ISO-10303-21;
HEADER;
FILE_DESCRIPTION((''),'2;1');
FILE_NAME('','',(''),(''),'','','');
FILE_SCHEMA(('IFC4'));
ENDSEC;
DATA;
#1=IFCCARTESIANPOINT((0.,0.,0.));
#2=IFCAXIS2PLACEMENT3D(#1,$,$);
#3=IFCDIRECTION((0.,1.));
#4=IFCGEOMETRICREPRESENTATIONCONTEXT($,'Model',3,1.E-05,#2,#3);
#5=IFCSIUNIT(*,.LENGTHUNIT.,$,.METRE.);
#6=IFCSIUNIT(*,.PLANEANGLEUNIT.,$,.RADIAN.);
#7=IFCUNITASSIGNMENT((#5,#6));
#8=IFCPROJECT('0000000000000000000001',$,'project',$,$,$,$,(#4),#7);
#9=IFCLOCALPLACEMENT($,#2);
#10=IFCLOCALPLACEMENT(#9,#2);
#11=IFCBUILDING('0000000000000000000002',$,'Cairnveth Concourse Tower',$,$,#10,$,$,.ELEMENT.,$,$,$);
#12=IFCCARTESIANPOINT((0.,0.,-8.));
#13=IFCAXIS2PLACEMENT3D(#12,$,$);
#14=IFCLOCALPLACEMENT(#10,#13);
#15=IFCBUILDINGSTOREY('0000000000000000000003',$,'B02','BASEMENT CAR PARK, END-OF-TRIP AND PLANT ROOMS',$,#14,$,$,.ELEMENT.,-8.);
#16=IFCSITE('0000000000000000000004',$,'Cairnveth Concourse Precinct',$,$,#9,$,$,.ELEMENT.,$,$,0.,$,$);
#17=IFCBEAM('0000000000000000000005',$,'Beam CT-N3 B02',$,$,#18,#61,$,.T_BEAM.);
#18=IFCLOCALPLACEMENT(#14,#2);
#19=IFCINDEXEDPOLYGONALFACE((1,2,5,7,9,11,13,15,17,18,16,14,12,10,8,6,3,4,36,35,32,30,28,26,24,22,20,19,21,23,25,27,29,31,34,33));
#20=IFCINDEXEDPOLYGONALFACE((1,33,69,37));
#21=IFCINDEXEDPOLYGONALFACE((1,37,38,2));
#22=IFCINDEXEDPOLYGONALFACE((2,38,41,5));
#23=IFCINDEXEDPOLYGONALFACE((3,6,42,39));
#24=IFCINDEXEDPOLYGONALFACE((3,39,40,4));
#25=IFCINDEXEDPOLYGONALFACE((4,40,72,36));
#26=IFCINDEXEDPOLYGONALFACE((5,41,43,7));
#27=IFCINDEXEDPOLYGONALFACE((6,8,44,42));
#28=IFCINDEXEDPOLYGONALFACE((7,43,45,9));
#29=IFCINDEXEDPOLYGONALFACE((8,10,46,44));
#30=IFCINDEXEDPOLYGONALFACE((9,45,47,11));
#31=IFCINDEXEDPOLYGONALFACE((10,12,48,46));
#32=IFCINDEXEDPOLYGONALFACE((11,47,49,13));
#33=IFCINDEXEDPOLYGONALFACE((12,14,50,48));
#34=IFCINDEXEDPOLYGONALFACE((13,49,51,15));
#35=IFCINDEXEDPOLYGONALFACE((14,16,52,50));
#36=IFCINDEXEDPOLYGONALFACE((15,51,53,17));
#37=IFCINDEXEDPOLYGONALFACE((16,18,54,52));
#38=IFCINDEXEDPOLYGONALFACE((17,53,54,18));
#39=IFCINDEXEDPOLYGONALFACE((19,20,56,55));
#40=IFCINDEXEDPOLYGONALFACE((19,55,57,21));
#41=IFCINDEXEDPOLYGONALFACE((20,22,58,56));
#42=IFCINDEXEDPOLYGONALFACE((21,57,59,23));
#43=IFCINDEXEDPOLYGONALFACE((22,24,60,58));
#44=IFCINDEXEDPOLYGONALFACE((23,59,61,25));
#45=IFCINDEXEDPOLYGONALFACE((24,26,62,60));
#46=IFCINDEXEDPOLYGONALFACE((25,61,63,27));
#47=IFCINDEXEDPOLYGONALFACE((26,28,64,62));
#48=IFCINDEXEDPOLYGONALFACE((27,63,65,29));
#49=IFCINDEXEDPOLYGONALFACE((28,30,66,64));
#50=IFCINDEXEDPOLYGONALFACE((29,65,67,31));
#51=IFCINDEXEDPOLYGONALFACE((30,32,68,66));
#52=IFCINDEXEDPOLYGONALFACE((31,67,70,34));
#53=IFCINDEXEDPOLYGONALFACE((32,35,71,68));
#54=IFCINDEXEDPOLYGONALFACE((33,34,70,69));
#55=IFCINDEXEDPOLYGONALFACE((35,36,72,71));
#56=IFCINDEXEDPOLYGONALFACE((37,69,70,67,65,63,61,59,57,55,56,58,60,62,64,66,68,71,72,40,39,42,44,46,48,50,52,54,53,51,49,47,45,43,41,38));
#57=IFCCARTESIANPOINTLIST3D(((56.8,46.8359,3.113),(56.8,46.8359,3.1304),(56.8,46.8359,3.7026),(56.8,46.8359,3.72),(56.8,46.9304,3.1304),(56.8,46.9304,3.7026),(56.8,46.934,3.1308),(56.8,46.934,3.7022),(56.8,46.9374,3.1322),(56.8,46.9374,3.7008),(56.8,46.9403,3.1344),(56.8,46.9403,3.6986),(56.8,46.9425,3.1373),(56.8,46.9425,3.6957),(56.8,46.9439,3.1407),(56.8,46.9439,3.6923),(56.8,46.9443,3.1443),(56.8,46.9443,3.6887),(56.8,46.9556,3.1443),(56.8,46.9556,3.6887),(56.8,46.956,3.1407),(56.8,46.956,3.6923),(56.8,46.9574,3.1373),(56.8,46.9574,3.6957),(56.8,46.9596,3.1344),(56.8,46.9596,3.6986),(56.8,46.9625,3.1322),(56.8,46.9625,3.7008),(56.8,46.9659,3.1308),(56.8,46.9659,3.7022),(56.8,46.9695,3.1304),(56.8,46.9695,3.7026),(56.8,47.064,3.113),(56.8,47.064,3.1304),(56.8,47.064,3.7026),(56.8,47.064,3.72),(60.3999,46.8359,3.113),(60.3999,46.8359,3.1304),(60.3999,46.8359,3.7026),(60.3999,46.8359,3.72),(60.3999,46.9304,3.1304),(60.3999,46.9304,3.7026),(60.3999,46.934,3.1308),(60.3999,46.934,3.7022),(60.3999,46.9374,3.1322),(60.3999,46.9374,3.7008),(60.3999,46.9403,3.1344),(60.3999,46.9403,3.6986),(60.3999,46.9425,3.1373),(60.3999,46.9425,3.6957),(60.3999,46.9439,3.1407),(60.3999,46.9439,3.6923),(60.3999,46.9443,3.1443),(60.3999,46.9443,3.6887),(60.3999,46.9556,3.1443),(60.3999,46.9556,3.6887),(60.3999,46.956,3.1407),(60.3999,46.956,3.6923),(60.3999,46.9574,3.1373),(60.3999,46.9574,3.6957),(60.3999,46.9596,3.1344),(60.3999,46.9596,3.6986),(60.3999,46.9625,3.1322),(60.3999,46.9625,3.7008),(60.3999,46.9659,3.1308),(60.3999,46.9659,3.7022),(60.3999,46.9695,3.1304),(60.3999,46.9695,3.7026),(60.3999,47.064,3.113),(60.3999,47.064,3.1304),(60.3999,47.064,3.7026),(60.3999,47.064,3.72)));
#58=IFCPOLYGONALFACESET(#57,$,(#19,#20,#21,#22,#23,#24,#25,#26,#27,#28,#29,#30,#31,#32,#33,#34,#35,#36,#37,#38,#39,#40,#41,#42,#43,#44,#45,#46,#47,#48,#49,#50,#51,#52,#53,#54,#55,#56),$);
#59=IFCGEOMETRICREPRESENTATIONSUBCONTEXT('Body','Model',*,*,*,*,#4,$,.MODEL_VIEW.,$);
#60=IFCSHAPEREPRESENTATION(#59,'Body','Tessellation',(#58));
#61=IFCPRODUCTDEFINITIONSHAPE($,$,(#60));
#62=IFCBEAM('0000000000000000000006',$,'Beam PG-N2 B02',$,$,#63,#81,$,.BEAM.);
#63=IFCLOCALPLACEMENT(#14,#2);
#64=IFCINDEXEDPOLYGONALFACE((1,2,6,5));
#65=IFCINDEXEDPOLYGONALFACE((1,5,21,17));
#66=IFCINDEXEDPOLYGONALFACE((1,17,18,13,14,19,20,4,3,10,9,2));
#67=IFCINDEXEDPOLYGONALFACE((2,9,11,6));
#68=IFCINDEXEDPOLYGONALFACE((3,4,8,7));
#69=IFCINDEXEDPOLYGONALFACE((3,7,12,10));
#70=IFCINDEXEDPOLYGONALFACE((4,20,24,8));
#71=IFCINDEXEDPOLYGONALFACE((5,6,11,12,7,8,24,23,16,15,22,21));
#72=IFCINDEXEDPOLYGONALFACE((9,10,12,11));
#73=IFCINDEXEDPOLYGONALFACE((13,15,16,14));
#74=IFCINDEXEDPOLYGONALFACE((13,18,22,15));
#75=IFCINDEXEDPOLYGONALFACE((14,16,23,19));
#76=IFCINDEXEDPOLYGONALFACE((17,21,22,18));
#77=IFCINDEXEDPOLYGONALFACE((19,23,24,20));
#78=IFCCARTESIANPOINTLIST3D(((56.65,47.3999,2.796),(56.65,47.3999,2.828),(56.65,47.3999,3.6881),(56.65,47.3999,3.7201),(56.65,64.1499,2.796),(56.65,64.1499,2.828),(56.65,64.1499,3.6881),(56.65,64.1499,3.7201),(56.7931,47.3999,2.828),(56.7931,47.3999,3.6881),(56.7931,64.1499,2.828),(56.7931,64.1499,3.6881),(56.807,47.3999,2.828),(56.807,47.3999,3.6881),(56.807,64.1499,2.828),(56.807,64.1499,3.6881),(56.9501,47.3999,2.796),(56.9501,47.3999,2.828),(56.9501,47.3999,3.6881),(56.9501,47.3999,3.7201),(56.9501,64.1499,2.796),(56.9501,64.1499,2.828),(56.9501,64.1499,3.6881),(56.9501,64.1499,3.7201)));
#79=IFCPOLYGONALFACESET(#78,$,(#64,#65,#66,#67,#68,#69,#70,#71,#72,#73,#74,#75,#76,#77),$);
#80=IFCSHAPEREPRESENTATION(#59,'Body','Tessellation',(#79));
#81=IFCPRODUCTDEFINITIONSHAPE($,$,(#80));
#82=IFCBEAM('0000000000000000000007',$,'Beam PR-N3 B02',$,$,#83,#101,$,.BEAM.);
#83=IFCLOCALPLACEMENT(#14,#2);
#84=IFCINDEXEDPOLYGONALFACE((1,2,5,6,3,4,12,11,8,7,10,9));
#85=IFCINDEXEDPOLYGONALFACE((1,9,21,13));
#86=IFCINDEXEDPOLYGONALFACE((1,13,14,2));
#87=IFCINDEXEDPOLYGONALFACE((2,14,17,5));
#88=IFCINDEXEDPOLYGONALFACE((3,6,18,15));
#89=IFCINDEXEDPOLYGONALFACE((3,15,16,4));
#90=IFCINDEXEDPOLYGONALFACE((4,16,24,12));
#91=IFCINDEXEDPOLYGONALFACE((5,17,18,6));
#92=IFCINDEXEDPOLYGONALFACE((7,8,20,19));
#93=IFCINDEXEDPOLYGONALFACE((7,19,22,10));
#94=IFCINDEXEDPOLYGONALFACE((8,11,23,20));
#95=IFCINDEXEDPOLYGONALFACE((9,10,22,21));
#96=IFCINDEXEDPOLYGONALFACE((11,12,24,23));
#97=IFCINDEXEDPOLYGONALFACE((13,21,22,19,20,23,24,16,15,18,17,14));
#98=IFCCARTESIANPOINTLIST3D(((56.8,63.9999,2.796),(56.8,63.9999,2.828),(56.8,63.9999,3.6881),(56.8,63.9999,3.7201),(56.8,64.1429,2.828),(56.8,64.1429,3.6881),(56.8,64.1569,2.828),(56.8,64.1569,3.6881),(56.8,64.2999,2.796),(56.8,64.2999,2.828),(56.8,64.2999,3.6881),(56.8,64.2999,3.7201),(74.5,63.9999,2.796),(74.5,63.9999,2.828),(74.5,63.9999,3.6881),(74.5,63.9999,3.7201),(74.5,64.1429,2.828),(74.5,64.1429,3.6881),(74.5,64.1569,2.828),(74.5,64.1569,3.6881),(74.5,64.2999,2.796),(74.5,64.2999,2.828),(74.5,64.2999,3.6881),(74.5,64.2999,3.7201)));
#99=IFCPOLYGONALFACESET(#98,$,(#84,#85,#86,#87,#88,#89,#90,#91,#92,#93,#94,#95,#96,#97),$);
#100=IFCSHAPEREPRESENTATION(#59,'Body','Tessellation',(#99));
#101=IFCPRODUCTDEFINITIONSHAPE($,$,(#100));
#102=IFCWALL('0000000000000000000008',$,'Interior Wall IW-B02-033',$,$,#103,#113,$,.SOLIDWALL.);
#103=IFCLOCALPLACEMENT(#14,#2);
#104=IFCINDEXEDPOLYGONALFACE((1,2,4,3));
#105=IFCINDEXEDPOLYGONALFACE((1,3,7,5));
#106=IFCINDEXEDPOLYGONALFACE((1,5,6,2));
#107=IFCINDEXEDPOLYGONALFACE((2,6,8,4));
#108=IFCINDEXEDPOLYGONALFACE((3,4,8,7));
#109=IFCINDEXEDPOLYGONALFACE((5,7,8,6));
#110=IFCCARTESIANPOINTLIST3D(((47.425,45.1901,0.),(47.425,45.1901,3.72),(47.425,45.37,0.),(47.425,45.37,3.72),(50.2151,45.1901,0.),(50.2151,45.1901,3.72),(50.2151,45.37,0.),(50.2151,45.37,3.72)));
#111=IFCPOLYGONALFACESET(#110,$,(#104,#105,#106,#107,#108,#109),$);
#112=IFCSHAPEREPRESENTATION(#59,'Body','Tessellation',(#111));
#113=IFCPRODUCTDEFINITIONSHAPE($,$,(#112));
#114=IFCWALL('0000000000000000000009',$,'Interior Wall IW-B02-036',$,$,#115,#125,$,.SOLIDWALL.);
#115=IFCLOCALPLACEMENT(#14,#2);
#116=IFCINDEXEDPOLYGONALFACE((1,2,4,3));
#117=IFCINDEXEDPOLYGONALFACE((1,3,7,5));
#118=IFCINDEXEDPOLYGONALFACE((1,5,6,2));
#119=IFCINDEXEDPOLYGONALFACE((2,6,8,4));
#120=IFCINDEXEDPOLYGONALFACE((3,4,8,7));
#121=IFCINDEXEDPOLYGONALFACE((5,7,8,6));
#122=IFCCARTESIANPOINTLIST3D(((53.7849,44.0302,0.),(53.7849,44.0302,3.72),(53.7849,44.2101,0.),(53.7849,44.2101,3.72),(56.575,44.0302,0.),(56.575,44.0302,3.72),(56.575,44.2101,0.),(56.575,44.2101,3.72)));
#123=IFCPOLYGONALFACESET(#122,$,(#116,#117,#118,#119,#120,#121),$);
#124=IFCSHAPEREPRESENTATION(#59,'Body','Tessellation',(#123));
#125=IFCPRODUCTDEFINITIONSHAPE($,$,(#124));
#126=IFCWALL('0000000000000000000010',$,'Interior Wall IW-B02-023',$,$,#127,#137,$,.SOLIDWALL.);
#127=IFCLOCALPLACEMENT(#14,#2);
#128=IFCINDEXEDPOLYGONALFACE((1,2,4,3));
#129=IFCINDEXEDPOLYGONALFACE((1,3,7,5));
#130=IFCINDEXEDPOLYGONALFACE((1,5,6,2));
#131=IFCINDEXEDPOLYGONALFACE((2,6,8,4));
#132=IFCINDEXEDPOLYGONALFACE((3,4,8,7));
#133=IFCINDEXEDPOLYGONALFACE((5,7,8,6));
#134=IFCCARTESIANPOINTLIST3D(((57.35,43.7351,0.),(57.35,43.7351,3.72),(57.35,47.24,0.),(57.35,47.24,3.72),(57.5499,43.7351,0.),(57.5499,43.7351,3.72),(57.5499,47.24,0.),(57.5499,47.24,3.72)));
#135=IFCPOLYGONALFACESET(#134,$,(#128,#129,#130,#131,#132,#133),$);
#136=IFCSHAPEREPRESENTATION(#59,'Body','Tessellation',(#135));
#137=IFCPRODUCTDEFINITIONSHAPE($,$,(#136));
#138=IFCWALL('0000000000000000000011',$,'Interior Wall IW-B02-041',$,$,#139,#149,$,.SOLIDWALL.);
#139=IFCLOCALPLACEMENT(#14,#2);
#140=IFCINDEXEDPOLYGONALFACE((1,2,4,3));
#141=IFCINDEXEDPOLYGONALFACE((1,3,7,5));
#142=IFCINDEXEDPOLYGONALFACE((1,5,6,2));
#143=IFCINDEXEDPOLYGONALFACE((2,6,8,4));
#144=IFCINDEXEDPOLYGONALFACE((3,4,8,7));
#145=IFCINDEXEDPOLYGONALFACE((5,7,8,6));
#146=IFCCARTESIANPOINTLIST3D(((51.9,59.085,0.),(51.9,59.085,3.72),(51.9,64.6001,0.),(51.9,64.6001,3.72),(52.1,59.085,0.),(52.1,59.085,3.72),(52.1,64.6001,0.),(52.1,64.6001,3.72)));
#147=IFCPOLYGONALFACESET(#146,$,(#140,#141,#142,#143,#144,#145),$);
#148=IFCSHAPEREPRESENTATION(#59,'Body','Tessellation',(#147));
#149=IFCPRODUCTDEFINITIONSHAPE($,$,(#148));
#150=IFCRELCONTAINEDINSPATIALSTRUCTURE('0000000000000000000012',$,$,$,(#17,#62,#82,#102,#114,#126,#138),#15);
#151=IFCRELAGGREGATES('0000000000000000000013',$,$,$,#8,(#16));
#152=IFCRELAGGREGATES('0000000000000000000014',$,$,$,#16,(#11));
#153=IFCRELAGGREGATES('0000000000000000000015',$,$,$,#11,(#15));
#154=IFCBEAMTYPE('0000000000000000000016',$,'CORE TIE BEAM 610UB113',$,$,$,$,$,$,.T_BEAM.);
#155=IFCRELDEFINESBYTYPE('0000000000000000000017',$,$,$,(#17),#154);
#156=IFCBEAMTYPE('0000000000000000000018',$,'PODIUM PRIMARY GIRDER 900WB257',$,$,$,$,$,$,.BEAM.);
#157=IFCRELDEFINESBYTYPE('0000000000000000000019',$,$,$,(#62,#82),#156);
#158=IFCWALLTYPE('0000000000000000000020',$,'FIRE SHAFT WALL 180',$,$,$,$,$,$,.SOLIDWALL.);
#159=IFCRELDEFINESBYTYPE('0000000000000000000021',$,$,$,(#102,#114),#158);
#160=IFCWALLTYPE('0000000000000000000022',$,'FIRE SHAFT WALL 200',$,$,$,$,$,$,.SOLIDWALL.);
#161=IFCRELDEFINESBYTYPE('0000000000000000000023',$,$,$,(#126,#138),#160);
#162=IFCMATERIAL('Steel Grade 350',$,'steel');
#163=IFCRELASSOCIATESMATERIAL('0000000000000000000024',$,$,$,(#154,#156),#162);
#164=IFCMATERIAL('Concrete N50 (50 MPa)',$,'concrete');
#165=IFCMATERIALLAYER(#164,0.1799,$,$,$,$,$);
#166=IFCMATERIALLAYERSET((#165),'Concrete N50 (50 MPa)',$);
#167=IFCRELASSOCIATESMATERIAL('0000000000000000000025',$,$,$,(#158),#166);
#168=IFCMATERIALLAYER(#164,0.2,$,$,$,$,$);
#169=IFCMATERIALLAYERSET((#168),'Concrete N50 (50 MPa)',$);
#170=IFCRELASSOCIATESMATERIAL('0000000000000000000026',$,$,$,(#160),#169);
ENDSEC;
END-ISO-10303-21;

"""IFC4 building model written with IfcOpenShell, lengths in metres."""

from ifc_helpers import new_model, si_unit, direction, frame, frame_2d, origin, origin_2d, place, context, subcontext, project, spatial, rectangle, i_section, extrude, material, layer, layer_set, material_profile, profile_set, type_object, element, save


model = new_model("IFC4")

# Units and contexts
model_context = context("Model", 3, precision=1e-05, world=origin(), true_north=direction((0.0, 1.0)))
body_context = subcontext(model_context, "Body", "Model", "MODEL_VIEW")
ifc_project = project(units=[si_unit("LENGTHUNIT", "METRE"), si_unit("PLANEANGLEUNIT", "RADIAN")], contexts=[model_context])

# Site, building, storey
site_placement = place(None, origin())
site = spatial("IfcSite", under=ifc_project, at=site_placement, Name="Cairnveth Concourse Precinct", CompositionType="ELEMENT", RefElevation=0.0)
building_placement = place(site_placement, origin())
building = spatial("IfcBuilding", under=site, at=building_placement, Name="Cairnveth Concourse Tower", CompositionType="ELEMENT")
storey_placement = place(building_placement, frame((0.0, 0.0, -8.0)))
storey = spatial("IfcBuildingStorey", under=building, at=storey_placement, Name="B02", Description="BASEMENT CAR PARK, END-OF-TRIP AND PLANT ROOMS", CompositionType="ELEMENT", Elevation=-8.0)

# Shared definitions
ifc_material_1 = material(Name="Concrete N50 (50 MPa)", Category="concrete")

# Beams
ifc_material_2 = material(Name="Steel Grade 350", Category="steel")
ifc_material_profile_1 = material_profile(ifc_material_2, i_section(OverallWidth=0.228, OverallDepth=0.6069, WebThickness=0.0112, FlangeThickness=0.0173, FilletRadius=0.0139, at=origin_2d()), Name="610UB113")
ifc_profile_set_1 = profile_set([ifc_material_profile_1], Name="Steel Grade 350")
beam_type_1 = type_object("IfcBeamType", Name="CORE TIE BEAM 610UB113", PredefinedType="T_BEAM", material=ifc_profile_set_1)
beam_1_placement = place(storey_placement, frame((56.8, 46.95, 3.4165), z_axis=(1.0, 0.0, 0.0), x_axis=(0.0, 1.0, 0.0)))
element("IfcBeam", 1, at=beam_1_placement, inside=storey, type_object=beam_type_1, Name="Beam CT-N3 B02", PredefinedType="T_BEAM", context=body_context, shape_type="SweptSolid", body=[
    extrude(i_section(OverallWidth=0.228, OverallDepth=0.6069, WebThickness=0.0112, FlangeThickness=0.0173, FilletRadius=0.0139, at=origin_2d()), origin(), (0.0, 0.0, 1.0), 3.5999),
])
ifc_material_profile_2 = material_profile(ifc_material_2, i_section(OverallWidth=0.3, OverallDepth=0.9241, WebThickness=0.0139, FlangeThickness=0.032, at=origin_2d()), Name="900WB257")
ifc_profile_set_2 = profile_set([ifc_material_profile_2], Name="Steel Grade 350")
beam_type_2 = type_object("IfcBeamType", Name="PODIUM PRIMARY GIRDER 900WB257", PredefinedType="BEAM", material=ifc_profile_set_2)
beam_2_placement = place(storey_placement, frame((56.8, 47.3999, 3.2581), z_axis=(0.0, 1.0, 0.0), x_axis=(-1.0, 0.0, 0.0)))
element("IfcBeam", 2, at=beam_2_placement, inside=storey, type_object=beam_type_2, Name="Beam PG-N2 B02", PredefinedType="BEAM", context=body_context, shape_type="SweptSolid", body=[
    extrude(i_section(OverallWidth=0.3, OverallDepth=0.9241, WebThickness=0.0139, FlangeThickness=0.032, at=origin_2d()), origin(), (0.0, 0.0, 1.0), 16.75),
])
beam_3_placement = place(storey_placement, frame((56.8, 64.1499, 3.2581), z_axis=(1.0, 0.0, 0.0), x_axis=(0.0, 1.0, 0.0)))
element("IfcBeam", 3, at=beam_3_placement, inside=storey, type_object=beam_type_2, Name="Beam PR-N3 B02", PredefinedType="BEAM", context=body_context, shape_type="SweptSolid", body=[
    extrude(i_section(OverallWidth=0.3, OverallDepth=0.9241, WebThickness=0.0139, FlangeThickness=0.032, at=origin_2d()), origin(), (0.0, 0.0, 1.0), 17.7),
])

# Walls
ifc_layer_1 = layer(ifc_material_1, 0.1799)
ifc_layer_set_1 = layer_set([ifc_layer_1], Name="Concrete N50 (50 MPa)")
wall_type_1 = type_object("IfcWallType", Name="FIRE SHAFT WALL 180", PredefinedType="SOLIDWALL", material=ifc_layer_set_1)
for number, where, z_axis, x_axis, name in (
    (4, (47.425, 45.28, 0.0), (0.0, 0.0, 1.0), (1.0, 0.0, 0.0), "Interior Wall IW-B02-033"),
    (5, (53.7849, 44.1201, 0.0), (0.0, 0.0, 1.0), (1.0, 0.0, 0.0), "Interior Wall IW-B02-036"),
):
    element("IfcWall", number, at=place(storey_placement, frame(where, z_axis=z_axis, x_axis=x_axis)), inside=storey, type_object=wall_type_1, Name=name, PredefinedType="SOLIDWALL", context=body_context, shape_type="SweptSolid", body=[
        extrude(rectangle(XDim=2.79, YDim=0.1799, at=frame_2d((1.395, 0.0))), origin(), (0.0, 0.0, 1.0), 3.72),
    ])
ifc_layer_2 = layer(ifc_material_1, 0.2)
ifc_layer_set_2 = layer_set([ifc_layer_2], Name="Concrete N50 (50 MPa)")
wall_type_2 = type_object("IfcWallType", Name="FIRE SHAFT WALL 200", PredefinedType="SOLIDWALL", material=ifc_layer_set_2)
wall_1_placement = place(storey_placement, frame((57.45, 43.7351, 0.0), z_axis=(0.0, 0.0, 1.0), x_axis=(0.0, 1.0, 0.0)))
element("IfcWall", 6, at=wall_1_placement, inside=storey, type_object=wall_type_2, Name="Interior Wall IW-B02-023", PredefinedType="SOLIDWALL", context=body_context, shape_type="SweptSolid", body=[
    extrude(rectangle(XDim=3.5049, YDim=0.2, at=frame_2d((1.7524, 0.0))), origin(), (0.0, 0.0, 1.0), 3.72),
])
wall_2_placement = place(storey_placement, frame((52.0, 59.085, 0.0), z_axis=(0.0, 0.0, 1.0), x_axis=(0.0, 1.0, 0.0)))
element("IfcWall", 7, at=wall_2_placement, inside=storey, type_object=wall_type_2, Name="Interior Wall IW-B02-041", PredefinedType="SOLIDWALL", context=body_context, shape_type="SweptSolid", body=[
    extrude(rectangle(XDim=5.5151, YDim=0.2, at=frame_2d((2.7576, 0.0))), origin(), (0.0, 0.0, 1.0), 3.72),
])

save(model, "model.ifc")
